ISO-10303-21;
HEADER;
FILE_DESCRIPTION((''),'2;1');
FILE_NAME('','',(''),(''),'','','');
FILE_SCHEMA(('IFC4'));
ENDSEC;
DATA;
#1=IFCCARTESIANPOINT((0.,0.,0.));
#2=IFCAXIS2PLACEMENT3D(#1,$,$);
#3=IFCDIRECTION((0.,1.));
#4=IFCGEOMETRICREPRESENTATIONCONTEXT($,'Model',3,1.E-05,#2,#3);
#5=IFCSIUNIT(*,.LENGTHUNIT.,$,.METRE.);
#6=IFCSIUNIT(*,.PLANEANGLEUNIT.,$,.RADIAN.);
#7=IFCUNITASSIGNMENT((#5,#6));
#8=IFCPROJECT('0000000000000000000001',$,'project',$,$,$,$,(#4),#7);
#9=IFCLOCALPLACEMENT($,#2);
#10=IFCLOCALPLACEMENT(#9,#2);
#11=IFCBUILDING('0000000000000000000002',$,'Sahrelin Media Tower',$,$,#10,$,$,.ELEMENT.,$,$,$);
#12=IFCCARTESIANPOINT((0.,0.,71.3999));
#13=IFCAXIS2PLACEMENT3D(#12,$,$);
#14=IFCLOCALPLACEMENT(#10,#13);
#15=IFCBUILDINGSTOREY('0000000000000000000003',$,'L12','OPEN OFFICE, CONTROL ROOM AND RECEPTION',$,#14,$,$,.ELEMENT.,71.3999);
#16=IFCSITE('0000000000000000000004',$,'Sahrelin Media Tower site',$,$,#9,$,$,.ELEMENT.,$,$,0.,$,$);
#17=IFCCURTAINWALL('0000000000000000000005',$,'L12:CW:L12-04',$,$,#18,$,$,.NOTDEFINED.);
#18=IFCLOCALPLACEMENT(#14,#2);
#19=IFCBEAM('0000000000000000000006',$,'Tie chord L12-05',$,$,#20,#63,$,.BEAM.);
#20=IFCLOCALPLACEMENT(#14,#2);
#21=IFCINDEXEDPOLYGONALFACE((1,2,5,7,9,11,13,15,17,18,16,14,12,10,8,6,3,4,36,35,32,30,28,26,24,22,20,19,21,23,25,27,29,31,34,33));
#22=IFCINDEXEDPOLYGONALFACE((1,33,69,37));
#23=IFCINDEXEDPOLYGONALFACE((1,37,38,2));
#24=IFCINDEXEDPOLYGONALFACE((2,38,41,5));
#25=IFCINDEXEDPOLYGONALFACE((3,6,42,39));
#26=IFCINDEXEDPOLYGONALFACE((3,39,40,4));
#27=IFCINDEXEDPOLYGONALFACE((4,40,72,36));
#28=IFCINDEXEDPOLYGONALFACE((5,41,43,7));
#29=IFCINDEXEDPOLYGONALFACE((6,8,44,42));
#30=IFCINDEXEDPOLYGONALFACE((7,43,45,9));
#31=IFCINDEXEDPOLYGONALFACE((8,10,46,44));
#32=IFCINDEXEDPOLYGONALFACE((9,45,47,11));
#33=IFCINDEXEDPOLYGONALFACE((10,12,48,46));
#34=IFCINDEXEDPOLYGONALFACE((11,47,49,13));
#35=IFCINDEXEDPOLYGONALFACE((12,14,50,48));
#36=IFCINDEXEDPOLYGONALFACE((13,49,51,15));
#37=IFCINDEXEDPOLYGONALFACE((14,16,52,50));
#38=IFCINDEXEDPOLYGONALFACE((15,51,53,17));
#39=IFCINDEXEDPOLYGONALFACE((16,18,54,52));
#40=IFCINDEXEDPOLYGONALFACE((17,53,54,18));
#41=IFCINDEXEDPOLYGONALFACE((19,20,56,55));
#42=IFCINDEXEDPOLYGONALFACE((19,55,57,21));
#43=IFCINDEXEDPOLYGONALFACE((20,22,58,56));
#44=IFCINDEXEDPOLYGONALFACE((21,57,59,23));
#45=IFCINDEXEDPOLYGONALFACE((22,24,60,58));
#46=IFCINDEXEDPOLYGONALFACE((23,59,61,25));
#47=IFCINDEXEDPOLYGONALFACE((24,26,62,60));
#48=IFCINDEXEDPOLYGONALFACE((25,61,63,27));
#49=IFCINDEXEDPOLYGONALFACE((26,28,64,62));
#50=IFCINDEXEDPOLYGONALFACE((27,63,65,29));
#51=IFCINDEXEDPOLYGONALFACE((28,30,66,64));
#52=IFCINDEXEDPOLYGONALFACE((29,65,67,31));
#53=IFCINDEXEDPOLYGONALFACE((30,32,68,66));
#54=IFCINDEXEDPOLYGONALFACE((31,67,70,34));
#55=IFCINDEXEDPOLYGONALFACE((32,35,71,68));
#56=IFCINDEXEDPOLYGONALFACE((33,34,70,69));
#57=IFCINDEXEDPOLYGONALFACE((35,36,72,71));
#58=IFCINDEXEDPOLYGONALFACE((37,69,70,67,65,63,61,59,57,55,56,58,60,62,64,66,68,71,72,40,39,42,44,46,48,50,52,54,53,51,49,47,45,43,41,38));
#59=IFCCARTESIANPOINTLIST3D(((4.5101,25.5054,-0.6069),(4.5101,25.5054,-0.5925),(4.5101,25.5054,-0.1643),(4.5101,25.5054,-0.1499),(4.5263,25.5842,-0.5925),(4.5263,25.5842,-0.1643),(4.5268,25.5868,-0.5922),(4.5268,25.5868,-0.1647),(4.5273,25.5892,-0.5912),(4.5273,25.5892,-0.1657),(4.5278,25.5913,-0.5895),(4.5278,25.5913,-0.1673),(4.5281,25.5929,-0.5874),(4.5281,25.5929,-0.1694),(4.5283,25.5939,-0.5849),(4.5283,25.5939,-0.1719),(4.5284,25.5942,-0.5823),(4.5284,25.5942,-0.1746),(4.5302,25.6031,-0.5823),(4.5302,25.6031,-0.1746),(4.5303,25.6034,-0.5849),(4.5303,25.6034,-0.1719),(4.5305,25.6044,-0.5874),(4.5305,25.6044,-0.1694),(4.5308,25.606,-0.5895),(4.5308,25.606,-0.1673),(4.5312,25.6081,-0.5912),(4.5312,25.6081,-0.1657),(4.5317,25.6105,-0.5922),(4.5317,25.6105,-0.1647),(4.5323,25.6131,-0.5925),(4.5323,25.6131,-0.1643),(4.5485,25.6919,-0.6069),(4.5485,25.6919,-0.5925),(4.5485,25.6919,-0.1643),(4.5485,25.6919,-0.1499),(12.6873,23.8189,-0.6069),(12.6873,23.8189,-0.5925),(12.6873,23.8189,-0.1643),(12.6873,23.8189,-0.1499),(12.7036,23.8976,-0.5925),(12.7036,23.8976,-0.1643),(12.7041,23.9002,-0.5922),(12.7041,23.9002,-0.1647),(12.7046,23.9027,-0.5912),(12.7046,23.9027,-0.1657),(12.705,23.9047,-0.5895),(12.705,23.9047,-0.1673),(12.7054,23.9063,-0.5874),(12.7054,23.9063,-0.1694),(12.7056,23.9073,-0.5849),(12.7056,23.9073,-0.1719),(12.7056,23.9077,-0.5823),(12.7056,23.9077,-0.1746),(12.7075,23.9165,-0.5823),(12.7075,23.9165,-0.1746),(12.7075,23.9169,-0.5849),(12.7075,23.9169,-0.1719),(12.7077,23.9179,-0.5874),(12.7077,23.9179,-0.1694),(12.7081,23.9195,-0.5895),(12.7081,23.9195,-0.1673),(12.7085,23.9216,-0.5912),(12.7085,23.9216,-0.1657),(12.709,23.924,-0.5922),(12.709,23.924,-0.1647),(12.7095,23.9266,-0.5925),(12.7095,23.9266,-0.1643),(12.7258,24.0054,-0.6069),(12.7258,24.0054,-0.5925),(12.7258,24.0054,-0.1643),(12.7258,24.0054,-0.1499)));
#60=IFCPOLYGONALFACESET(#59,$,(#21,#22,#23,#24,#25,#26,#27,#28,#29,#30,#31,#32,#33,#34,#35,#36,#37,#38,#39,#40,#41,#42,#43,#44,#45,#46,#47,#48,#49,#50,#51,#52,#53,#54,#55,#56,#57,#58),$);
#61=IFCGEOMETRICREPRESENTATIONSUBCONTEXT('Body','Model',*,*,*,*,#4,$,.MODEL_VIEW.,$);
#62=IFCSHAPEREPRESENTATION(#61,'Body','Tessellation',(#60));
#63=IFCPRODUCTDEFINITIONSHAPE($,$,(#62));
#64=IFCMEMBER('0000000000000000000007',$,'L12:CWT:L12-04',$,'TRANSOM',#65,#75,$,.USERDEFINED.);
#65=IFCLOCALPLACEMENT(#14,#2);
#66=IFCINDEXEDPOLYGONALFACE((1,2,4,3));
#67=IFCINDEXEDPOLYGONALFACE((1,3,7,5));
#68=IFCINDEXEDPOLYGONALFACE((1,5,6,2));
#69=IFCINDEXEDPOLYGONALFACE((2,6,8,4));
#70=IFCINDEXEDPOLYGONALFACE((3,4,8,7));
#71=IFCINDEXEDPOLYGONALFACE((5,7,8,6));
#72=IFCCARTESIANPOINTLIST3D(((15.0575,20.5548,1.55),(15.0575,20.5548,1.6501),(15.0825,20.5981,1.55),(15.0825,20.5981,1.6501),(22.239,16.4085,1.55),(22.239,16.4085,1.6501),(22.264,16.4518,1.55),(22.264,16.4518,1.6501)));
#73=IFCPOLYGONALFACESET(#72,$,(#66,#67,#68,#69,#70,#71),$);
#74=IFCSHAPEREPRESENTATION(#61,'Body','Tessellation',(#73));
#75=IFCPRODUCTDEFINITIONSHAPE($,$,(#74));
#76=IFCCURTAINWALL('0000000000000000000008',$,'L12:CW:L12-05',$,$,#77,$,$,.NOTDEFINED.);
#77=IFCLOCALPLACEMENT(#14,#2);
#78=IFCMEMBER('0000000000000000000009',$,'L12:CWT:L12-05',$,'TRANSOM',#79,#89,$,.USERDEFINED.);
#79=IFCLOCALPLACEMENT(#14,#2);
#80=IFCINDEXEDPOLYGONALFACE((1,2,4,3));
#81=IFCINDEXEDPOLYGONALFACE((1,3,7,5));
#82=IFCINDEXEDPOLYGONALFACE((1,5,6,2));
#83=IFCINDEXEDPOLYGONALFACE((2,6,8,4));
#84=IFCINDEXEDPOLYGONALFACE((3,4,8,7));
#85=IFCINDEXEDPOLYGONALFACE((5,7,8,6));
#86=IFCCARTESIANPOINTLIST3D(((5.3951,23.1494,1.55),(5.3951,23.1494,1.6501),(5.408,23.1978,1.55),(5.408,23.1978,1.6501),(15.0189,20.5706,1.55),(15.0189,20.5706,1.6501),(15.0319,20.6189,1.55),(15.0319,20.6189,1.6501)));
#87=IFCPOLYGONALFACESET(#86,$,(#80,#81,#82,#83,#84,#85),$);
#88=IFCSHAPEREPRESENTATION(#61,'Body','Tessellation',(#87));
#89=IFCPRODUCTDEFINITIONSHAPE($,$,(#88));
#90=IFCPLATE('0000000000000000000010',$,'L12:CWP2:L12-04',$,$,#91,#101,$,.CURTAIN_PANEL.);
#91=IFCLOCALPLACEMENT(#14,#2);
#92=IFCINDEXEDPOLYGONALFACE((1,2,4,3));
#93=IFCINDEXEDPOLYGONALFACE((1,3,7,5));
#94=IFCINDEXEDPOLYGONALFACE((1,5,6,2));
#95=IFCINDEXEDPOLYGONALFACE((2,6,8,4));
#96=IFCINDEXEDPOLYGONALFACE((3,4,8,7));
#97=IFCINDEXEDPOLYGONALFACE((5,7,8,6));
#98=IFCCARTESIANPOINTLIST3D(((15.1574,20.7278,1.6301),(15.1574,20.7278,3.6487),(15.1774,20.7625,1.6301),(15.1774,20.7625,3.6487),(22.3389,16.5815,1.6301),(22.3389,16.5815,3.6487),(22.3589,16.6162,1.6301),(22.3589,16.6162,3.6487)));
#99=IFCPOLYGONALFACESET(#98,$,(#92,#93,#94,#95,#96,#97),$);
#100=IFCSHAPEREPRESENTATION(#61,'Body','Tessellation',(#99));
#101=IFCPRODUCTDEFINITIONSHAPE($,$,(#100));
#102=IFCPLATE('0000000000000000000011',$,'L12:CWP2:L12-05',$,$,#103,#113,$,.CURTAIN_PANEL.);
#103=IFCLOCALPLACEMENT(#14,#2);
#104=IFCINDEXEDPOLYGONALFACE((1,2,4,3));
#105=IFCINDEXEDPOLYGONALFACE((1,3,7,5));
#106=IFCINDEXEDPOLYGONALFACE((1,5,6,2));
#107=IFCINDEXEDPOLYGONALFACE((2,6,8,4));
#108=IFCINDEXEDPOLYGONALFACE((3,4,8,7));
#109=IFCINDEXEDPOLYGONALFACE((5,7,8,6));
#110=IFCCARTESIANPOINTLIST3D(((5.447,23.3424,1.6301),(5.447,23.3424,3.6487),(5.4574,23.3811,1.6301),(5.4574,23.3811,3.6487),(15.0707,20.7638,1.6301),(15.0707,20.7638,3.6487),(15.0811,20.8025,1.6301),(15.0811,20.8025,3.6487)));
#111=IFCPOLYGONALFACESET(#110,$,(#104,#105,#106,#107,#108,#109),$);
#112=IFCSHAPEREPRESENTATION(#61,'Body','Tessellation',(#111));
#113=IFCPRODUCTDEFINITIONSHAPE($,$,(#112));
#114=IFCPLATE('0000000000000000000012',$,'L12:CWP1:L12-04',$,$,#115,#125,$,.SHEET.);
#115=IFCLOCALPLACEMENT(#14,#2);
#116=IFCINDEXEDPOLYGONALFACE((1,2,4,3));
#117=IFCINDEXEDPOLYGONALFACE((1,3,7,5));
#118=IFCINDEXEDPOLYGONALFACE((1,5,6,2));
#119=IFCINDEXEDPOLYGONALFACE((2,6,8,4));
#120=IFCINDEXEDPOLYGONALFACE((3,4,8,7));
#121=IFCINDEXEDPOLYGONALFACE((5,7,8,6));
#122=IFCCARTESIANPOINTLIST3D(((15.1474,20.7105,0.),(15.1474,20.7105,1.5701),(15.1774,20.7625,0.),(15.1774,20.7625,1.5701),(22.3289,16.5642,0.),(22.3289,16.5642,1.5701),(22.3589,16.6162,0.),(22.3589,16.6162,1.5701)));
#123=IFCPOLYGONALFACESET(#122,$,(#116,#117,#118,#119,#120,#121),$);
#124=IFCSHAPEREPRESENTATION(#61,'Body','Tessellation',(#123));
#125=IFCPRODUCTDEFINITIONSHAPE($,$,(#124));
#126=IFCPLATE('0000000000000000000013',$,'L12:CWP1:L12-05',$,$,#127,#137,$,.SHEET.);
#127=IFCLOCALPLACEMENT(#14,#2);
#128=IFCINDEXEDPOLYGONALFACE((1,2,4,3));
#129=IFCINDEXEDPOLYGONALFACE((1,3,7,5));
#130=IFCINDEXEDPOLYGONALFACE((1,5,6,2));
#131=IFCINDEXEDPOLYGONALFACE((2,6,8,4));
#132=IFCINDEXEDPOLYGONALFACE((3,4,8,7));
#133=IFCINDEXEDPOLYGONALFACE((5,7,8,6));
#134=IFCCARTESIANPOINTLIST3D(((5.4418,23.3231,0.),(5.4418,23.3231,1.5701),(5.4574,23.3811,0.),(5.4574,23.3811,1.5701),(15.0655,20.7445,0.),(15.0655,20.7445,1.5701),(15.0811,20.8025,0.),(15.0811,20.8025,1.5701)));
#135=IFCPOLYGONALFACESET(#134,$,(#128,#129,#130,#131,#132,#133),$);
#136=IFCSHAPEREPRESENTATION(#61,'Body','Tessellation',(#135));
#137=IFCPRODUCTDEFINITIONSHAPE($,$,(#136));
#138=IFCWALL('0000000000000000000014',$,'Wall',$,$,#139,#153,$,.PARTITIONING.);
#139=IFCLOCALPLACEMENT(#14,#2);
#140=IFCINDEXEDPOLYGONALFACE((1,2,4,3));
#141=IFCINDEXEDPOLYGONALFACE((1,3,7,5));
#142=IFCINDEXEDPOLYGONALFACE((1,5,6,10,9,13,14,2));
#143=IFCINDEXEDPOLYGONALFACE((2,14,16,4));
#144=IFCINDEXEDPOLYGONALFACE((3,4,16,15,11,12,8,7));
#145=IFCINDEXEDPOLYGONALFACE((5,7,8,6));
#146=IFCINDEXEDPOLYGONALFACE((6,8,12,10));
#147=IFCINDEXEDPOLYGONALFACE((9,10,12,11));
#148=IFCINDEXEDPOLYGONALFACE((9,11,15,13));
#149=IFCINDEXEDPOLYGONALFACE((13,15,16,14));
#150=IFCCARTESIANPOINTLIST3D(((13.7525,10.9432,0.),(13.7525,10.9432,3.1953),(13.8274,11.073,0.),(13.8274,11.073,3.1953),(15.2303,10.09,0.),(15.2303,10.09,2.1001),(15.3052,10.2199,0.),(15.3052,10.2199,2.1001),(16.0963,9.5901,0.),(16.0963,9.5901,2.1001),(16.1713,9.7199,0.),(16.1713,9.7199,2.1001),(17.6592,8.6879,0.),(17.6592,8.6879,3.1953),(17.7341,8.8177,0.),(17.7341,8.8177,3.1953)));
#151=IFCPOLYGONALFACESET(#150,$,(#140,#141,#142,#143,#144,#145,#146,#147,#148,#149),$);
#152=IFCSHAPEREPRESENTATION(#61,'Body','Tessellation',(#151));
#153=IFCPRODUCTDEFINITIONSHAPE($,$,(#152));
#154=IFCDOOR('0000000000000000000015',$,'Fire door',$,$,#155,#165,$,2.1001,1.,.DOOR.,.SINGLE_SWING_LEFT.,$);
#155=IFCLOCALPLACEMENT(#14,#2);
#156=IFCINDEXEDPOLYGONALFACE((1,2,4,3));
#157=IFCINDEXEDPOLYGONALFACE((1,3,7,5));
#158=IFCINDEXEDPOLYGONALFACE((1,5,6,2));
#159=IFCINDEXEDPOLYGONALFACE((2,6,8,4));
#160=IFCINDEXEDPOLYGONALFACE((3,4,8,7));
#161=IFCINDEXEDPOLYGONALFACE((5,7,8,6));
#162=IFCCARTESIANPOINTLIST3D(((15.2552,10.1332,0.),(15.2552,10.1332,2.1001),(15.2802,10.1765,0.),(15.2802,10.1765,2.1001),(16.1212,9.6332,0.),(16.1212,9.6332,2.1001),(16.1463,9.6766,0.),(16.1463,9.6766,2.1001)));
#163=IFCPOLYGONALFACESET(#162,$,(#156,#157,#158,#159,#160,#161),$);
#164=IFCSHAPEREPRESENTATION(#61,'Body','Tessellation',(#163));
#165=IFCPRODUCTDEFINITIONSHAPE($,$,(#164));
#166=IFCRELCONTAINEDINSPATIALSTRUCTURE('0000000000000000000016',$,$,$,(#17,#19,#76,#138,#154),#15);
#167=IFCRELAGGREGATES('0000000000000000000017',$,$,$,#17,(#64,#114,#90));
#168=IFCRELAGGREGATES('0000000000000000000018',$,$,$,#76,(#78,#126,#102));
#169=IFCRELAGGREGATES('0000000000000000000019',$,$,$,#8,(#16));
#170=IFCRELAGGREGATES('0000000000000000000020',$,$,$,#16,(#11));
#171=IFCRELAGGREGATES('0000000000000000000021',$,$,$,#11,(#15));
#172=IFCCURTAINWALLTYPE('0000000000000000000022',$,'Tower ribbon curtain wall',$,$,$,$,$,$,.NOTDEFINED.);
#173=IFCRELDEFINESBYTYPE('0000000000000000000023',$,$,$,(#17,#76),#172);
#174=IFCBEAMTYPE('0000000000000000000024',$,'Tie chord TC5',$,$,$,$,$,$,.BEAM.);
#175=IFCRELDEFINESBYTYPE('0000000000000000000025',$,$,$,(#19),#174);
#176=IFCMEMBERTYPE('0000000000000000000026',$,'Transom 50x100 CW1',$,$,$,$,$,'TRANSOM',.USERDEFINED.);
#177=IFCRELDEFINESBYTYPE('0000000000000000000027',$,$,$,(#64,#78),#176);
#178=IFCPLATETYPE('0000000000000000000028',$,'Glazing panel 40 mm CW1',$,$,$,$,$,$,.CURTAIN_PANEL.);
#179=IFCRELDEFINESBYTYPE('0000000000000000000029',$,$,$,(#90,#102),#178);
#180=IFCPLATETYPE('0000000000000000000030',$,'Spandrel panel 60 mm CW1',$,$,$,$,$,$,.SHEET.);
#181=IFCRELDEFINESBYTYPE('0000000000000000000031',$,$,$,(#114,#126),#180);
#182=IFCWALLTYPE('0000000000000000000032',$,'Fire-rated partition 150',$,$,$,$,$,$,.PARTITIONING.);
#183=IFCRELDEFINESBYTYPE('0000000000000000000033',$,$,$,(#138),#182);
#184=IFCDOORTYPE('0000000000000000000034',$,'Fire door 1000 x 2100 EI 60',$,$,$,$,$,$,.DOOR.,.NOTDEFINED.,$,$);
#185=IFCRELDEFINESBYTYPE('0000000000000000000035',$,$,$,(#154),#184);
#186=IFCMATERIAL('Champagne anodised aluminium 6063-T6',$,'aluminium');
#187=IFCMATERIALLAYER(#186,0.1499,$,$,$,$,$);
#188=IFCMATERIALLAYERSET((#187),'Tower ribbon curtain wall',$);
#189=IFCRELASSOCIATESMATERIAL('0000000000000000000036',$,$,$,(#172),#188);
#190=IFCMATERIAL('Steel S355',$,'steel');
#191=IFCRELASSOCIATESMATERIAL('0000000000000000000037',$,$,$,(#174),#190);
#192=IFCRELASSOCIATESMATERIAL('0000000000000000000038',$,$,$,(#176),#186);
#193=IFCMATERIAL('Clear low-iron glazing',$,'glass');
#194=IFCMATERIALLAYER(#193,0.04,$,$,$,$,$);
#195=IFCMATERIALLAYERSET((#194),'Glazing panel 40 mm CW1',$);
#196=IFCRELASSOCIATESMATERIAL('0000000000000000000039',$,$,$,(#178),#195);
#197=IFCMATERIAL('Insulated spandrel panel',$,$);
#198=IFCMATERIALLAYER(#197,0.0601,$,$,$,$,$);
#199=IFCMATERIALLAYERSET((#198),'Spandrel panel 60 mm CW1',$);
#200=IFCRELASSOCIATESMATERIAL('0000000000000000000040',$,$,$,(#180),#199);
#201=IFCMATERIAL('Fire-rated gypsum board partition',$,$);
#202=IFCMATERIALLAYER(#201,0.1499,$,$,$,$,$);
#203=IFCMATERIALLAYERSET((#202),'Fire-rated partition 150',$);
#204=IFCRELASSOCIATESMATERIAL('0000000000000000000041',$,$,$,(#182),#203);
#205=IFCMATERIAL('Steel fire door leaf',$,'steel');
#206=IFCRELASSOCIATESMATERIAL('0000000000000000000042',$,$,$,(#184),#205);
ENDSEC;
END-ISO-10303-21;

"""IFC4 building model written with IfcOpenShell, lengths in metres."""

from ifc_helpers import new_model, si_unit, direction, frame, frame_2d, origin, origin_2d, place, context, subcontext, project, spatial, polyline, rectangle, i_section, outline, extrude, material, layer, layer_set, material_profile, profile_set, type_object, element, fill, aggregate, save


model = new_model("IFC4")

# Units and contexts
model_context = context("Model", 3, precision=1e-05, world=origin(), true_north=direction((0.0, 1.0)))
body_context = subcontext(model_context, "Body", "Model", "MODEL_VIEW")
ifc_project = project(units=[si_unit("LENGTHUNIT", "METRE"), si_unit("PLANEANGLEUNIT", "RADIAN")], contexts=[model_context])

# Site, building, storey
site_placement = place(None, origin())
site = spatial("IfcSite", under=ifc_project, at=site_placement, Name="Sahrelin Media Tower site", CompositionType="ELEMENT", RefElevation=0.0)
building_placement = place(site_placement, origin())
building = spatial("IfcBuilding", under=site, at=building_placement, Name="Sahrelin Media Tower", CompositionType="ELEMENT")
storey_placement = place(building_placement, frame((0.0, 0.0, 71.3999)))
storey = spatial("IfcBuildingStorey", under=building, at=storey_placement, Name="L12", Description="OPEN OFFICE, CONTROL ROOM AND RECEPTION", CompositionType="ELEMENT", Elevation=71.3999)

# Shared definitions
ifc_material_1 = material(Name="Steel S355", Category="steel")

# Curtain wall
ifc_material_2 = material(Name="Champagne anodised aluminium 6063-T6", Category="aluminium")
ifc_layer_1 = layer(ifc_material_2, 0.1499)
ifc_layer_set_1 = layer_set([ifc_layer_1], Name="Tower ribbon curtain wall")
curtain_wall_type = type_object("IfcCurtainWallType", Name="Tower ribbon curtain wall", PredefinedType="NOTDEFINED", material=ifc_layer_set_1)
curtain_wall_1_placement = place(storey_placement, frame((18.7583, 18.6721, 0.0), z_axis=(0.0, 0.0, 1.0), x_axis=(1.0, 0.0, 0.0)))
curtain_wall_1 = element("IfcCurtainWall", 1, at=curtain_wall_1_placement, inside=storey, type_object=curtain_wall_type, Name="L12:CW:L12-04", PredefinedType="NOTDEFINED")

# Beam
ifc_material_profile_1 = material_profile(ifc_material_1, i_section(OverallWidth=0.1904, OverallDepth=0.457, WebThickness=0.009, FlangeThickness=0.0144, FilletRadius=0.0103, at=origin_2d()), Name="UB 457x191x74")
ifc_profile_set_1 = profile_set([ifc_material_profile_1], Name="Steel S355")
beam_type_1 = type_object("IfcBeamType", Name="Tie chord TC5", PredefinedType="BEAM", material=ifc_profile_set_1)
beam_1_placement = place(storey_placement, frame((12.7065, 23.9121, -0.3784), z_axis=(-0.979387, 0.201994, 0.0), x_axis=(-0.201994, -0.979387, 0.0)))
element("IfcBeam", 2, at=beam_1_placement, inside=storey, type_object=beam_type_1, Name="Tie chord L12-05", PredefinedType="BEAM", context=body_context, shape_type="SweptSolid", body=[
    extrude(i_section(OverallWidth=0.1904, OverallDepth=0.457, WebThickness=0.009, FlangeThickness=0.0144, FilletRadius=0.0103, at=origin_2d()), origin(), (0.0, 0.0, 1.0), 8.3494),
])

# Member
ifc_material_profile_2 = material_profile(ifc_material_2, rectangle(XDim=0.05, YDim=0.1001, at=origin_2d()), Name="Transom 50x100")
ifc_profile_set_2 = profile_set([ifc_material_profile_2], Name="Champagne anodised aluminium 6063-T6")
member_type_1 = type_object("IfcMemberType", Name="Transom 50x100 CW1", ElementType="TRANSOM", PredefinedType="USERDEFINED", material=ifc_profile_set_2)
member_1_placement = place(storey_placement, frame((22.2515, 16.4302, 1.6001), z_axis=(-0.866022, 0.500005, 0.0), x_axis=(-0.500005, -0.866022, 0.0)))
member_1 = element("IfcMember", 3, at=member_1_placement, type_object=member_type_1, Name="L12:CWT:L12-04", ObjectType="TRANSOM", PredefinedType="USERDEFINED", context=body_context, shape_type="SweptSolid", body=[
    extrude(rectangle(XDim=0.05, YDim=0.1001, at=origin_2d()), origin(), (0.0, 0.0, 1.0), 8.2925),
])

# Curtain wall, member
curtain_wall_2_placement = place(storey_placement, frame((10.2639, 22.0725, 0.0), z_axis=(0.0, 0.0, 1.0), x_axis=(1.0, 0.0, 0.0)))
curtain_wall_2 = element("IfcCurtainWall", 4, at=curtain_wall_2_placement, inside=storey, type_object=curtain_wall_type, Name="L12:CW:L12-05", PredefinedType="NOTDEFINED")
member_2_placement = place(storey_placement, frame((15.0254, 20.5947, 1.6001), z_axis=(-0.965921, 0.258835, 0.0), x_axis=(-0.258835, -0.965921, 0.0)))
member_2 = element("IfcMember", 5, at=member_2_placement, type_object=member_type_1, Name="L12:CWT:L12-05", ObjectType="TRANSOM", PredefinedType="USERDEFINED", context=body_context, shape_type="SweptSolid", body=[
    extrude(rectangle(XDim=0.05, YDim=0.1001, at=origin_2d()), origin(), (0.0, 0.0, 1.0), 9.9634),
])

# Plates
ifc_material_3 = material(Name="Clear low-iron glazing", Category="glass")
ifc_layer_2 = layer(ifc_material_3, 0.04)
ifc_layer_set_2 = layer_set([ifc_layer_2], Name="Glazing panel 40 mm CW1")
plate_type_1 = type_object("IfcPlateType", Name="Glazing panel 40 mm CW1", PredefinedType="CURTAIN_PANEL", material=ifc_layer_set_2)
plate_1_placement = place(storey_placement, frame((22.3589, 16.6162, 1.6301), z_axis=(0.500005, 0.866022, 0.0), x_axis=(-0.866022, 0.500005, 0.0)))
plate_1 = element("IfcPlate", 6, at=plate_1_placement, type_object=plate_type_1, Name="L12:CWP2:L12-04", PredefinedType="CURTAIN_PANEL", context=body_context, shape_type="SweptSolid", body=[
    extrude(outline(polyline([(0.0, 0.0), (8.2925, 0.0), (8.2925, 2.0186), (0.0, 2.0186), (0.0, 0.0)])), origin(), (0.0, 0.0, -1.0), 0.04),
])
plate_2_placement = place(storey_placement, frame((15.0811, 20.8025, 1.6301), z_axis=(0.258812, 0.965928, 0.0), x_axis=(-0.965928, 0.258812, 0.0)))
plate_2 = element("IfcPlate", 7, at=plate_2_placement, type_object=plate_type_1, Name="L12:CWP2:L12-05", PredefinedType="CURTAIN_PANEL", context=body_context, shape_type="SweptSolid", body=[
    extrude(outline(polyline([(0.0, 0.0), (9.9631, 0.0), (9.9631, 2.0186), (0.0, 2.0186), (0.0, 0.0)])), origin(), (0.0, 0.0, -1.0), 0.04),
])
ifc_material_4 = material(Name="Insulated spandrel panel")
ifc_layer_3 = layer(ifc_material_4, 0.0601)
ifc_layer_set_3 = layer_set([ifc_layer_3], Name="Spandrel panel 60 mm CW1")
plate_type_2 = type_object("IfcPlateType", Name="Spandrel panel 60 mm CW1", PredefinedType="SHEET", material=ifc_layer_set_3)
plate_3_placement = place(storey_placement, frame((22.3589, 16.6162, 0.0), z_axis=(0.500005, 0.866022, 0.0), x_axis=(-0.866022, 0.500005, 0.0)))
plate_3 = element("IfcPlate", 8, at=plate_3_placement, type_object=plate_type_2, Name="L12:CWP1:L12-04", PredefinedType="SHEET", context=body_context, shape_type="SweptSolid", body=[
    extrude(outline(polyline([(0.0, 0.0), (8.2925, 0.0), (8.2925, 1.5701), (0.0, 1.5701), (0.0, 0.0)])), origin(), (0.0, 0.0, -1.0), 0.0601),
])
aggregate(curtain_wall_1, [member_1, plate_3, plate_1])
plate_4_placement = place(storey_placement, frame((15.0811, 20.8025, 0.0), z_axis=(0.258812, 0.965928, 0.0), x_axis=(-0.965928, 0.258812, 0.0)))
plate_4 = element("IfcPlate", 9, at=plate_4_placement, type_object=plate_type_2, Name="L12:CWP1:L12-05", PredefinedType="SHEET", context=body_context, shape_type="SweptSolid", body=[
    extrude(outline(polyline([(0.0, 0.0), (9.9631, 0.0), (9.9631, 1.5701), (0.0, 1.5701), (0.0, 0.0)])), origin(), (0.0, 0.0, -1.0), 0.0601),
])
aggregate(curtain_wall_2, [member_2, plate_4, plate_2])

# Wall, opening, door
ifc_material_5 = material(Name="Fire-rated gypsum board partition")
ifc_layer_4 = layer(ifc_material_5, 0.1499)
ifc_layer_set_4 = layer_set([ifc_layer_4], Name="Fire-rated partition 150")
wall_type_1 = type_object("IfcWallType", Name="Fire-rated partition 150", PredefinedType="PARTITIONING", material=ifc_layer_set_4)
wall_1_placement = place(storey_placement, frame((13.79, 11.0081, 0.0), z_axis=(0.0, 0.0, 1.0), x_axis=(0.866043, -0.499969, 0.0)))
wall_1 = element("IfcWall", 10, at=wall_1_placement, inside=storey, type_object=wall_type_1, Name="Wall", PredefinedType="PARTITIONING", context=body_context, shape_type="SweptSolid", body=[
    extrude(rectangle(XDim=4.511, YDim=0.1499, at=frame_2d((2.2554, 0.0))), origin(), (0.0, 0.0, 1.0), 3.1953),
])
opening_1_placement = place(wall_1_placement, frame((1.7063, 0.0, 0.0)))
opening_1 = element("IfcOpeningElement", 11, at=opening_1_placement, cuts=wall_1, PredefinedType="OPENING", context=body_context, shape_type="SweptSolid", body=[
    extrude(rectangle(XDim=1.0, YDim=2.1001, at=frame_2d((0.5, 1.05))), frame((0.0, 0.075, 0.0), z_axis=(0.0, -1.0, 0.0), x_axis=(1.0, 0.0, 0.0)), (0.0, 0.0, 1.0), 0.1499),
])
ifc_material_6 = material(Name="Steel fire door leaf", Category="steel")
door_type = type_object("IfcDoorType", Name="Fire door 1000 x 2100 EI 60", OperationType="NOTDEFINED", PredefinedType="DOOR", material=ifc_material_6)
door_1_placement = place(opening_1_placement, origin())
door_1 = element("IfcDoor", 12, at=door_1_placement, inside=storey, type_object=door_type, Name="Fire door", OperationType="SINGLE_SWING_LEFT", OverallHeight=2.1001, OverallWidth=1.0, PredefinedType="DOOR", context=body_context, shape_type="SweptSolid", body=[
    extrude(rectangle(XDim=1.0, YDim=2.1001, at=frame_2d((0.5, 1.05))), frame((0.0, 0.0249, 0.0), z_axis=(0.0, -1.0, 0.0), x_axis=(1.0, 0.0, 0.0)), (0.0, 0.0, 1.0), 0.05),
])
fill(opening_1, door_1)

save(model, "model.ifc")
